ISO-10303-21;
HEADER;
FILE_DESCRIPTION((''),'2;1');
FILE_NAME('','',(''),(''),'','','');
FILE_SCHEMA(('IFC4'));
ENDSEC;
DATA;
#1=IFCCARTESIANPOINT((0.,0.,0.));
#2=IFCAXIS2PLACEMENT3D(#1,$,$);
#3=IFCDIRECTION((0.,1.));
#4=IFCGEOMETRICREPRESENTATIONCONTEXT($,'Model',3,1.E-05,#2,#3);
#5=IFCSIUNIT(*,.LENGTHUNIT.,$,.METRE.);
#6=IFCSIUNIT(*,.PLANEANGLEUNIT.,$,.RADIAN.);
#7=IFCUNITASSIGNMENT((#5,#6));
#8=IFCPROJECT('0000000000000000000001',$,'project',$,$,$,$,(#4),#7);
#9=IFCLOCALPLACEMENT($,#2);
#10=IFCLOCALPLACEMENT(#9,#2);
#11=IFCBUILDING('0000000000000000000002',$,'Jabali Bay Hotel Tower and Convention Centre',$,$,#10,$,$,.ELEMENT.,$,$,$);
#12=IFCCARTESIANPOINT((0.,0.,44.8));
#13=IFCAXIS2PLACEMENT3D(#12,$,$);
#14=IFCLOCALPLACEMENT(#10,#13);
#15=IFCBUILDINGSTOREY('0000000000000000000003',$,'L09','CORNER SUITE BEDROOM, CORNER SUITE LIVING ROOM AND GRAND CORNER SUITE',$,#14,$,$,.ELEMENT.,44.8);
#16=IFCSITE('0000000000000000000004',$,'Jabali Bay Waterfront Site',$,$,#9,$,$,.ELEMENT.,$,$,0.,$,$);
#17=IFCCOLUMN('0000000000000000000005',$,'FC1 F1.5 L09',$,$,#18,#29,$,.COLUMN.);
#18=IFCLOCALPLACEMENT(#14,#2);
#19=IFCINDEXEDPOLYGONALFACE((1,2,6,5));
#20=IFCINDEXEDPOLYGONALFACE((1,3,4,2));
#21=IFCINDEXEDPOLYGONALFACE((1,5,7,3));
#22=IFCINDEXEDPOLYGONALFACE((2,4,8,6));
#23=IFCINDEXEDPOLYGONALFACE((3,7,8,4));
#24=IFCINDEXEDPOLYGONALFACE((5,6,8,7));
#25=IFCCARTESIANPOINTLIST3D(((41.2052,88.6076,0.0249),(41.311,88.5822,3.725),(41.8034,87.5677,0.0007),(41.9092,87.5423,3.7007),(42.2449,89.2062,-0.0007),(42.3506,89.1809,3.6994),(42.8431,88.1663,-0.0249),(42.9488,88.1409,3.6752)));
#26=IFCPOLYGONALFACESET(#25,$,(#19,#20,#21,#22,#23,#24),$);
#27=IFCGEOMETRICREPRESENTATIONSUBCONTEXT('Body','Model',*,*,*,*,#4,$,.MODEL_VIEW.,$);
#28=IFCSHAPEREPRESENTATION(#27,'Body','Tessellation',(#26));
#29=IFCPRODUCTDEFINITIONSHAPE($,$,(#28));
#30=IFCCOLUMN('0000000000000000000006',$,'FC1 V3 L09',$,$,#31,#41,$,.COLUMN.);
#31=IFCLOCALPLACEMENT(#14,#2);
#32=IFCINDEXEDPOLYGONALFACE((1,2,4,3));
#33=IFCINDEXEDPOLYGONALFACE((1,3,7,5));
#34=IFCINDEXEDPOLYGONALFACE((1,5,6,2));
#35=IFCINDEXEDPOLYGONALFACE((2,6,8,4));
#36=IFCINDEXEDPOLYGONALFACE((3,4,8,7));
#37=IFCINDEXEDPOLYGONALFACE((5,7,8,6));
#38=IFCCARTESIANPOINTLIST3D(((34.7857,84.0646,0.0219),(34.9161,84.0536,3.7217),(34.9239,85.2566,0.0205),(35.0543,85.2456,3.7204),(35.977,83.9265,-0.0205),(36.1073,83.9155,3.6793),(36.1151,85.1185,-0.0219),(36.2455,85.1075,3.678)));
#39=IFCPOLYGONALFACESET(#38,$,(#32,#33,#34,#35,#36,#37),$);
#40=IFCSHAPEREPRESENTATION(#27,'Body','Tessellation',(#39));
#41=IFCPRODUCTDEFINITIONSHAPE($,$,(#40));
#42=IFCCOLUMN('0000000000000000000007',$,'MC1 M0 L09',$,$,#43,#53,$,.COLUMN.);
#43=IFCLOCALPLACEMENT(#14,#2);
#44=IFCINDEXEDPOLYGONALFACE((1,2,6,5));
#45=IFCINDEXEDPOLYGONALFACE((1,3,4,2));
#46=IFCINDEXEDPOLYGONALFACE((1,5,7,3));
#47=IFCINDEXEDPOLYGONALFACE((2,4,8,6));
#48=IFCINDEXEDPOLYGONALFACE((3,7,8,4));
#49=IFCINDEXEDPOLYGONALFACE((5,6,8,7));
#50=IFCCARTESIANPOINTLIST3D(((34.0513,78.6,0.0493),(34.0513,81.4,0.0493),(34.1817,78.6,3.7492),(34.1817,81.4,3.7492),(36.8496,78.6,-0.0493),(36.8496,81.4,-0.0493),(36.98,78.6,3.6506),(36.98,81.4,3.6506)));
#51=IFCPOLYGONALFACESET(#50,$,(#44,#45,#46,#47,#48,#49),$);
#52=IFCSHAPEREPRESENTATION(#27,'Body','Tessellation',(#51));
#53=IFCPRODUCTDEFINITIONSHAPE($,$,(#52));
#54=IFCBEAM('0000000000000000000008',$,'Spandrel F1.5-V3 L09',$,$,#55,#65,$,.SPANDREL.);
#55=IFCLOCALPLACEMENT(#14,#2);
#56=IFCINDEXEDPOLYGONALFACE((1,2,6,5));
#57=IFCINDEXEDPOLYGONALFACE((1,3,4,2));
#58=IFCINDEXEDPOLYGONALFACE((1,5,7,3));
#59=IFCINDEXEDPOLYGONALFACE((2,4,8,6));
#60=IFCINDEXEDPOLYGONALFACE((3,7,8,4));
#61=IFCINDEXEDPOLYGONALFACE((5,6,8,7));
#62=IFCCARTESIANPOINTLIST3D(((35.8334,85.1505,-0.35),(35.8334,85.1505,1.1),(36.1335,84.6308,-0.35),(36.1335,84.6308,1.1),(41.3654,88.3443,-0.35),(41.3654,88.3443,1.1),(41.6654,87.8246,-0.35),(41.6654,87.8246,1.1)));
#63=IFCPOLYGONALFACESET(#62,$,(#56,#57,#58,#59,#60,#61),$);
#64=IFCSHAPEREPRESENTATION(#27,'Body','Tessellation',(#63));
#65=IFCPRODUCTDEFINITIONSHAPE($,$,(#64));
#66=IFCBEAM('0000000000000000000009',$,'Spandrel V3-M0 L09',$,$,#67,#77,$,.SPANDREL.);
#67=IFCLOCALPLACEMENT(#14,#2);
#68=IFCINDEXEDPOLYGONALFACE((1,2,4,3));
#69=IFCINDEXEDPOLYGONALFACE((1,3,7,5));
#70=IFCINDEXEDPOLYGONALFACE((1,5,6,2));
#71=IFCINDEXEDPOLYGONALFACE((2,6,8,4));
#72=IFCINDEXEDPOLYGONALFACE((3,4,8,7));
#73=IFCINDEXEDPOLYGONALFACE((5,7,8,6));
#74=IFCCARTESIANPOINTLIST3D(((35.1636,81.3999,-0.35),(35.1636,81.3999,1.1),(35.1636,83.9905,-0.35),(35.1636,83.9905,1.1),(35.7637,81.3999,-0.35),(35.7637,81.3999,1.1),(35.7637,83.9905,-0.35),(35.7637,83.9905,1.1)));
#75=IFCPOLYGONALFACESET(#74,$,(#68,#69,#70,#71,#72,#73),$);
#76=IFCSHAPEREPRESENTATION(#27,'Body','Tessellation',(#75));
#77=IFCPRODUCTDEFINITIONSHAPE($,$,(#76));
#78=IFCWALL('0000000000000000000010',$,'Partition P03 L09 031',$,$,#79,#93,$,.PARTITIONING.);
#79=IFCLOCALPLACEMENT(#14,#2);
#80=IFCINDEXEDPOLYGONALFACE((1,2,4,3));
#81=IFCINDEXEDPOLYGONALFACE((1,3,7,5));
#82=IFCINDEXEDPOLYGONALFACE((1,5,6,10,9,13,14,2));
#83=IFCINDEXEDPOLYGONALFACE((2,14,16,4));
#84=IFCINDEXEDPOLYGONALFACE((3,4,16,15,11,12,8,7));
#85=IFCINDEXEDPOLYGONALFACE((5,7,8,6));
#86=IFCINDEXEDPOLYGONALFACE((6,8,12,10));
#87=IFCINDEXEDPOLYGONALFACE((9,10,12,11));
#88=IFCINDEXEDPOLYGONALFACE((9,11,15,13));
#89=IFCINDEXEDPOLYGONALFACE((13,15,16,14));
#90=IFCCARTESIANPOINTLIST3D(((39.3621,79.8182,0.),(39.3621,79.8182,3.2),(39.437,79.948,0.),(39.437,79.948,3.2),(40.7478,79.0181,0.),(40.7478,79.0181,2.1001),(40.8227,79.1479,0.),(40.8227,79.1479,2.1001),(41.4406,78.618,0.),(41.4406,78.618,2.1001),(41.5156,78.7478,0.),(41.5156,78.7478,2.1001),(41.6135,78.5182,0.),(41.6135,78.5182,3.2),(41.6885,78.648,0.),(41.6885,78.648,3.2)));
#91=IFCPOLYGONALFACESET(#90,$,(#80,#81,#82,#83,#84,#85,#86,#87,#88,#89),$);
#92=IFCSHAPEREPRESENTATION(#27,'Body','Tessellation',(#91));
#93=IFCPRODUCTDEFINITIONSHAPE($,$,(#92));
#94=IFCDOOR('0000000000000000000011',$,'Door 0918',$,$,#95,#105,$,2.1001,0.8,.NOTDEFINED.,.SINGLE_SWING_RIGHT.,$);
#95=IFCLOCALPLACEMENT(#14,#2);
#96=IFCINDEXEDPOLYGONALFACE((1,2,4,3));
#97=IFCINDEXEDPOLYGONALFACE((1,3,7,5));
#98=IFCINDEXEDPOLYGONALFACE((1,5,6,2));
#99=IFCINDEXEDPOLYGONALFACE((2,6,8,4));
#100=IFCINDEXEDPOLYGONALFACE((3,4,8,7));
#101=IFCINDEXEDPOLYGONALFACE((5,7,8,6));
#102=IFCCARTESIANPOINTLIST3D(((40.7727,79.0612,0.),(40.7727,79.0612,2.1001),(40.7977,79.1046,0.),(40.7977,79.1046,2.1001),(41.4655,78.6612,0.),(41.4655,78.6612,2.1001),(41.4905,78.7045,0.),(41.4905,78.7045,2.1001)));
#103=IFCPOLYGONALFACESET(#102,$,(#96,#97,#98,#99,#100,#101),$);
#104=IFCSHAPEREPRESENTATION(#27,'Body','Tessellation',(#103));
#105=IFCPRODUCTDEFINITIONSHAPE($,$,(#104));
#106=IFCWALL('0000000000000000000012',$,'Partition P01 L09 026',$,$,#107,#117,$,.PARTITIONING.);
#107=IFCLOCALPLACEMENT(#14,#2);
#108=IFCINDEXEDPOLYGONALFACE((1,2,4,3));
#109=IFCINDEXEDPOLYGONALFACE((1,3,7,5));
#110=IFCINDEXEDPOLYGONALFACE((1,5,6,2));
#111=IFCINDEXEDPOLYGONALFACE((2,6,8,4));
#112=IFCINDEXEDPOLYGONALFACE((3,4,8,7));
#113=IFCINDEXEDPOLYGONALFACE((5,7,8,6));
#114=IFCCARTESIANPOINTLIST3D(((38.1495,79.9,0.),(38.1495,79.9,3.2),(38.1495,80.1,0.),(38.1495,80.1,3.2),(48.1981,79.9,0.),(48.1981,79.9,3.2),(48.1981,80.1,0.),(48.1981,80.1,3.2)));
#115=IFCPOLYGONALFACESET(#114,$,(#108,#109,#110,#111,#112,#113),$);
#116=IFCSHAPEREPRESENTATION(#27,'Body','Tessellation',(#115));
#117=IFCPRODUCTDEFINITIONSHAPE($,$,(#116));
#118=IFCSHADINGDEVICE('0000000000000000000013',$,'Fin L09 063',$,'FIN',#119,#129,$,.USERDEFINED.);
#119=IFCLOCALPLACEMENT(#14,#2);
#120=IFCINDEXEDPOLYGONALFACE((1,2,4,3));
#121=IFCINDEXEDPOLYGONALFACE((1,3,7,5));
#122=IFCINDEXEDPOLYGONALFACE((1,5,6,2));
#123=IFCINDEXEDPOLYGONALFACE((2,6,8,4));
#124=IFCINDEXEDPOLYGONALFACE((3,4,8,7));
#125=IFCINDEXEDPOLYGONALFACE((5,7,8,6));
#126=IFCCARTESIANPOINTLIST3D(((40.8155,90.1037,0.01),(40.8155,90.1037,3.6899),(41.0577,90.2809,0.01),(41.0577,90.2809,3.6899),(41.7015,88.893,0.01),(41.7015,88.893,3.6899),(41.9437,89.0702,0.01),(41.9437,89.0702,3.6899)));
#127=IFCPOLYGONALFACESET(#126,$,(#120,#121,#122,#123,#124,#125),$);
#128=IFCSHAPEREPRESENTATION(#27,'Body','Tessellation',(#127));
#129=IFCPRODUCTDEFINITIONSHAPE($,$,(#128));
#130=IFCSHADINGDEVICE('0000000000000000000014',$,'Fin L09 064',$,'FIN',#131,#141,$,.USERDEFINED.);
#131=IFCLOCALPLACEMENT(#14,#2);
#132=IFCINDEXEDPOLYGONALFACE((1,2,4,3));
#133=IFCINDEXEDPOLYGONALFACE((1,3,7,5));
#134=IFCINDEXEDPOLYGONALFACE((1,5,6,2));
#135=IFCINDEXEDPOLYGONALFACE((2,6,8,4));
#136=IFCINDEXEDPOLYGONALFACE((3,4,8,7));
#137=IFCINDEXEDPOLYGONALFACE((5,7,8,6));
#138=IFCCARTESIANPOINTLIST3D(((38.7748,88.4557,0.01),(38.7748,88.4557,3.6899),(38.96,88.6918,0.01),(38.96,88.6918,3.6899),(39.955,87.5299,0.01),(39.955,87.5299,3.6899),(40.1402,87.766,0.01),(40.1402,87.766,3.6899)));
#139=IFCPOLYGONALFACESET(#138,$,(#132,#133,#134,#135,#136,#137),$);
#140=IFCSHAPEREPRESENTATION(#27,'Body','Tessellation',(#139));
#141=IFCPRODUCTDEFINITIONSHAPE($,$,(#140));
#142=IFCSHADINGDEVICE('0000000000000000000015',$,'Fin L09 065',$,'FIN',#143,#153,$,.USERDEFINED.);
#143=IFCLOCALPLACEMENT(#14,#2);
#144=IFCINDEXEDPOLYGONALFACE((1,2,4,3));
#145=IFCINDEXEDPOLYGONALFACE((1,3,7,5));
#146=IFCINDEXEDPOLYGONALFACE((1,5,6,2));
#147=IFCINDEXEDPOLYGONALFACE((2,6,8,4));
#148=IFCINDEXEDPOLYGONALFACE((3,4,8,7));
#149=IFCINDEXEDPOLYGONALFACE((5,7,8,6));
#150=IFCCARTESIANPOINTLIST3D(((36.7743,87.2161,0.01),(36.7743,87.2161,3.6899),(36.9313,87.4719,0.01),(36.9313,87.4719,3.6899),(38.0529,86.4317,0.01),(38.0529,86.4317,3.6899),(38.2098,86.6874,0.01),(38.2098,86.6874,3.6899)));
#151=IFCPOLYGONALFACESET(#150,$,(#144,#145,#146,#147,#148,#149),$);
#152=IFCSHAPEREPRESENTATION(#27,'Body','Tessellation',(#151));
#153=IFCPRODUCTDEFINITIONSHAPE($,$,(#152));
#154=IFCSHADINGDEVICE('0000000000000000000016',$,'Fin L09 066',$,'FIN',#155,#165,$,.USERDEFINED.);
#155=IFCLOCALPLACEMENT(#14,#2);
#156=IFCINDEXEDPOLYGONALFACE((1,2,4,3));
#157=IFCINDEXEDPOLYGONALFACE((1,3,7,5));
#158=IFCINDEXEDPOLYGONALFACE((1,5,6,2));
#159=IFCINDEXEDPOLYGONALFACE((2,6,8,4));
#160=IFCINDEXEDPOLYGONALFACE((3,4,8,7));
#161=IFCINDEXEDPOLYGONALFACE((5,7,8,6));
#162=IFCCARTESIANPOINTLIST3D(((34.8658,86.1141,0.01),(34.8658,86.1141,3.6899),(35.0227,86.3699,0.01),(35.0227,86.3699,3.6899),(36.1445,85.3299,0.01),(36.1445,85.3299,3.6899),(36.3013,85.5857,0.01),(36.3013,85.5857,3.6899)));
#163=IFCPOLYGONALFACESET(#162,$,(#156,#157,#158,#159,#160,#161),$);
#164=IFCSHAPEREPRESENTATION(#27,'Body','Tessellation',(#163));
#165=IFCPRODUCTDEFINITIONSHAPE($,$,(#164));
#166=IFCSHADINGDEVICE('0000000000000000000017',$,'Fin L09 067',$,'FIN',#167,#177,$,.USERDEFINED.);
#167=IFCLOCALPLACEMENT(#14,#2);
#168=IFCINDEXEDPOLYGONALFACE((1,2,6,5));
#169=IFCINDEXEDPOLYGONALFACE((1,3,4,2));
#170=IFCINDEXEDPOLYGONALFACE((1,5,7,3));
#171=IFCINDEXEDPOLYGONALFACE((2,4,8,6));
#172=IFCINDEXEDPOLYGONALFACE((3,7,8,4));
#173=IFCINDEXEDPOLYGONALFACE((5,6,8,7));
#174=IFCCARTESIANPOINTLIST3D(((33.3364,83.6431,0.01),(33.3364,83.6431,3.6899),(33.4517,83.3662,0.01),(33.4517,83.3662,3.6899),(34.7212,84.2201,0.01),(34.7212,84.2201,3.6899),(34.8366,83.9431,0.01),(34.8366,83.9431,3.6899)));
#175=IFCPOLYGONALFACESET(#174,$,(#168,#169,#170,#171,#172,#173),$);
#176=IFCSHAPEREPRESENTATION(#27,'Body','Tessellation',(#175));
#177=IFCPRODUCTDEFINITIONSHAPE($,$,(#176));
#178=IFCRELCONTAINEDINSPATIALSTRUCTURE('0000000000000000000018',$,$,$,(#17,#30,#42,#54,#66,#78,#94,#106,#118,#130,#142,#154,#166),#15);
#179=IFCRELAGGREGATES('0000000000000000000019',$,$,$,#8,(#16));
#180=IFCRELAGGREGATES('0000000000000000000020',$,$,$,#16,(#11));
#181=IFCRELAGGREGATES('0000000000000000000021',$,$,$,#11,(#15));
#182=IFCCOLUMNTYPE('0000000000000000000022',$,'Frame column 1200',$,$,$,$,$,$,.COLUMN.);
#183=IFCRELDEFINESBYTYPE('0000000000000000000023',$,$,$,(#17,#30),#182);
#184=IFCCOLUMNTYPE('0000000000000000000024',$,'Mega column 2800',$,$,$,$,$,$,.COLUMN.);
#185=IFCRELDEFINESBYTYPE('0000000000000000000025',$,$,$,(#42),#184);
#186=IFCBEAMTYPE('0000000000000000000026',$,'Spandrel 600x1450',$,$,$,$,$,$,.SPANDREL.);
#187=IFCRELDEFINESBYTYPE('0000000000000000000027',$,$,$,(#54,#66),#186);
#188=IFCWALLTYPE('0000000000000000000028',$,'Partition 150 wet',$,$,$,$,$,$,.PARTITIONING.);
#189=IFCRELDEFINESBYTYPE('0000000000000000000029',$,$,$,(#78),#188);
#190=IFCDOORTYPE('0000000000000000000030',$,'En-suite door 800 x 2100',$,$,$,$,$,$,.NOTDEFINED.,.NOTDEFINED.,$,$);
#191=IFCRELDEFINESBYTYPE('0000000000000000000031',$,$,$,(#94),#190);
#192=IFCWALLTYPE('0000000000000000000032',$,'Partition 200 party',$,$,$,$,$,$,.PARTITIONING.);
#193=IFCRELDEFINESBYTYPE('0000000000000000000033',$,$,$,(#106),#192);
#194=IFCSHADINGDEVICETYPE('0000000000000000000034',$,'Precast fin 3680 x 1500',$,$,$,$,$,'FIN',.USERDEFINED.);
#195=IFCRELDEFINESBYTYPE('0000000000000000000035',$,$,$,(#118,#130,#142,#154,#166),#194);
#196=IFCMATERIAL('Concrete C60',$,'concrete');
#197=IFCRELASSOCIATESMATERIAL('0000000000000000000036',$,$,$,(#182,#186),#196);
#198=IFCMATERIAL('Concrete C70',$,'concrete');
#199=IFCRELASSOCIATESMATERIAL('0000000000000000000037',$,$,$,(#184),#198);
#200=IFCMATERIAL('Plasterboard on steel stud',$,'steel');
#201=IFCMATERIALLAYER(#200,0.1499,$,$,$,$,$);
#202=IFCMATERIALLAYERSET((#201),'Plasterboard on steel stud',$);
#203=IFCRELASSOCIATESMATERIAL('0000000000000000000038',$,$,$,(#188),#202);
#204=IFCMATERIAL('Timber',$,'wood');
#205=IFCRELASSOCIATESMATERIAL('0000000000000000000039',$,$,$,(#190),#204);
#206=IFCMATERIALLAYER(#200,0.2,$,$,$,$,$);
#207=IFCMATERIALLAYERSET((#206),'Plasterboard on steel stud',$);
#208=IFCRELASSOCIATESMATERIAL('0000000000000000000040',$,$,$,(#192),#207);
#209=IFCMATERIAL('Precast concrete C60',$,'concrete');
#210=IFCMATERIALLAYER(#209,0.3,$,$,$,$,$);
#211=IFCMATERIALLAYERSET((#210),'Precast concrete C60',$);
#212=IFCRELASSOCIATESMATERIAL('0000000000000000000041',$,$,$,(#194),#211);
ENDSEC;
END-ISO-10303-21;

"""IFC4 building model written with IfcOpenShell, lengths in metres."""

from ifc_helpers import new_model, si_unit, direction, frame, frame_2d, origin, origin_2d, place, context, subcontext, project, spatial, rectangle, extrude, material, layer, layer_set, material_profile, profile_set, type_object, element, fill, save


model = new_model("IFC4")

# Units and contexts
model_context = context("Model", 3, precision=1e-05, world=origin(), true_north=direction((0.0, 1.0)))
body_context = subcontext(model_context, "Body", "Model", "MODEL_VIEW")
ifc_project = project(units=[si_unit("LENGTHUNIT", "METRE"), si_unit("PLANEANGLEUNIT", "RADIAN")], contexts=[model_context])

# Site, building, storey
site_placement = place(None, origin())
site = spatial("IfcSite", under=ifc_project, at=site_placement, Name="Jabali Bay Waterfront Site", CompositionType="ELEMENT", RefElevation=0.0)
building_placement = place(site_placement, origin())
building = spatial("IfcBuilding", under=site, at=building_placement, Name="Jabali Bay Hotel Tower and Convention Centre", CompositionType="ELEMENT")
storey_placement = place(building_placement, frame((0.0, 0.0, 44.8)))
storey = spatial("IfcBuildingStorey", under=building, at=storey_placement, Name="L09", Description="CORNER SUITE BEDROOM, CORNER SUITE LIVING ROOM AND GRAND CORNER SUITE", CompositionType="ELEMENT", Elevation=44.8)

# Columns
ifc_material_1 = material(Name="Concrete C60", Category="concrete")
ifc_material_profile_1 = material_profile(ifc_material_1, rectangle(XDim=1.2, YDim=1.2, at=origin_2d()), Name="Frame column 1200")
ifc_profile_set_1 = profile_set([ifc_material_profile_1], Name="Concrete C60")
column_type_1 = type_object("IfcColumnType", Name="Frame column 1200", PredefinedType="COLUMN", material=ifc_profile_set_1)
column_1_placement = place(storey_placement, frame((42.0242, 88.387, 0.0), z_axis=(0.028559, -0.006859, 0.999569), x_axis=(-0.498515, 0.866646, 0.020191)))
element("IfcColumn", 1, at=column_1_placement, inside=storey, type_object=column_type_1, Name="FC1 F1.5 L09", PredefinedType="COLUMN", context=body_context, shape_type="SweptSolid", body=[
    extrude(rectangle(XDim=1.2, YDim=1.2, at=origin_2d()), origin(), (0.0, 0.0, 1.0), 3.7017),
])
column_2_placement = place(storey_placement, frame((35.4504, 84.5916, 0.0), z_axis=(0.035214, -0.002967, 0.999375), x_axis=(-0.992724, 0.115116, 0.035321)))
element("IfcColumn", 2, at=column_2_placement, inside=storey, type_object=column_type_1, Name="FC1 V3 L09", PredefinedType="COLUMN", context=body_context, shape_type="SweptSolid", body=[
    extrude(rectangle(XDim=1.2, YDim=1.2, at=origin_2d()), origin(), (0.0, 0.0, 1.0), 3.7021),
])
ifc_material_2 = material(Name="Concrete C70", Category="concrete")
ifc_material_profile_2 = material_profile(ifc_material_2, rectangle(XDim=2.8, YDim=2.8, at=origin_2d()), Name="Mega column 2800")
ifc_profile_set_2 = profile_set([ifc_material_profile_2], Name="Concrete C70")
column_type_2 = type_object("IfcColumnType", Name="Mega column 2800", PredefinedType="COLUMN", material=ifc_profile_set_2)
column_3_placement = place(storey_placement, frame((35.4504, 80.0, 0.0), z_axis=(0.035214, 0.0, 0.99938), x_axis=(0.0, 1.0, 0.0)))
element("IfcColumn", 3, at=column_3_placement, inside=storey, type_object=column_type_2, Name="MC1 M0 L09", PredefinedType="COLUMN", context=body_context, shape_type="SweptSolid", body=[
    extrude(rectangle(XDim=2.8, YDim=2.8, at=origin_2d()), origin(), (0.0, 0.0, 1.0), 3.7021),
])

# Beams
ifc_material_profile_3 = material_profile(ifc_material_1, rectangle(XDim=0.6001, YDim=1.45, at=origin_2d()), Name="Spandrel 600x1450")
ifc_profile_set_3 = profile_set([ifc_material_profile_3], Name="Concrete C60")
beam_type = type_object("IfcBeamType", Name="Spandrel 600x1450", PredefinedType="SPANDREL", material=ifc_profile_set_3)
beam_1_placement = place(storey_placement, frame((41.5154, 88.0845, 0.375), z_axis=(-0.866028, -0.499995, 0.0), x_axis=(0.499995, -0.866028, 0.0)))
element("IfcBeam", 4, at=beam_1_placement, inside=storey, type_object=beam_type, Name="Spandrel F1.5-V3 L09", PredefinedType="SPANDREL", context=body_context, shape_type="SweptSolid", body=[
    extrude(rectangle(XDim=0.6001, YDim=1.45, at=origin_2d()), origin(), (0.0, 0.0, 1.0), 6.3877),
])
beam_2_placement = place(storey_placement, frame((35.4636, 83.9905, 0.375), z_axis=(0.0, -1.0, 0.0), x_axis=(1.0, 0.0, 0.0)))
element("IfcBeam", 5, at=beam_2_placement, inside=storey, type_object=beam_type, Name="Spandrel V3-M0 L09", PredefinedType="SPANDREL", context=body_context, shape_type="SweptSolid", body=[
    extrude(rectangle(XDim=0.6001, YDim=1.45, at=origin_2d()), origin(), (0.0, 0.0, 1.0), 2.5906),
])

# Wall, opening, door
ifc_material_3 = material(Name="Plasterboard on steel stud", Category="steel")
ifc_layer_1 = layer(ifc_material_3, 0.1499)
ifc_layer_set_1 = layer_set([ifc_layer_1], Name="Plasterboard on steel stud")
wall_type_1 = type_object("IfcWallType", Name="Partition 150 wet", PredefinedType="PARTITIONING", material=ifc_layer_set_1)
wall_1_placement = place(storey_placement, frame((39.3997, 79.8831, 0.0), z_axis=(0.0, 0.0, 1.0), x_axis=(0.865998, -0.500048, 0.0)))
wall_1 = element("IfcWall", 6, at=wall_1_placement, inside=storey, type_object=wall_type_1, Name="Partition P03 L09 031", PredefinedType="PARTITIONING", context=body_context, shape_type="SweptSolid", body=[
    extrude(rectangle(XDim=2.5999, YDim=0.1499, at=frame_2d((1.2998, 0.0))), origin(), (0.0, 0.0, 1.0), 3.2),
])
opening_1_placement = place(wall_1_placement, frame((1.6001, 0.0, 0.0)))
opening_1 = element("IfcOpeningElement", 7, at=opening_1_placement, cuts=wall_1, PredefinedType="OPENING", context=body_context, shape_type="SweptSolid", body=[
    extrude(rectangle(XDim=0.8, YDim=2.1001, at=frame_2d((0.3999, 1.05))), frame((0.0, 0.0854, 0.0), z_axis=(0.0, -1.0, 0.0), x_axis=(1.0, 0.0, 0.0)), (0.0, 0.0, 1.0), 0.1709),
])
ifc_material_4 = material(Name="Timber", Category="wood")
door_type_1 = type_object("IfcDoorType", Name="En-suite door 800 x 2100", OperationType="NOTDEFINED", PredefinedType="NOTDEFINED", material=ifc_material_4)
door_1_placement = place(opening_1_placement, origin())
door_1 = element("IfcDoor", 8, at=door_1_placement, inside=storey, type_object=door_type_1, Name="Door 0918", OperationType="SINGLE_SWING_RIGHT", OverallHeight=2.1001, OverallWidth=0.8, PredefinedType="NOTDEFINED", context=body_context, shape_type="SweptSolid", body=[
    extrude(rectangle(XDim=0.8, YDim=2.1001, at=frame_2d((0.3999, 1.05))), frame((0.0, 0.0249, 0.0), z_axis=(0.0, -1.0, 0.0), x_axis=(1.0, 0.0, 0.0)), (0.0, 0.0, 1.0), 0.05),
])
fill(opening_1, door_1)

# Wall
ifc_layer_2 = layer(ifc_material_3, 0.2)
ifc_layer_set_2 = layer_set([ifc_layer_2], Name="Plasterboard on steel stud")
wall_type_2 = type_object("IfcWallType", Name="Partition 200 party", PredefinedType="PARTITIONING", material=ifc_layer_set_2)
wall_2_placement = place(storey_placement, frame((38.1494, 80.0, 0.0), z_axis=(0.0, 0.0, 1.0), x_axis=(1.0, 0.0, 0.0)))
element("IfcWall", 9, at=wall_2_placement, inside=storey, type_object=wall_type_2, Name="Partition P01 L09 026", PredefinedType="PARTITIONING", context=body_context, shape_type="SweptSolid", body=[
    extrude(rectangle(XDim=10.0486, YDim=0.2, at=frame_2d((5.0244, 0.0))), origin(), (0.0, 0.0, 1.0), 3.2),
])

# Shading devices
ifc_material_5 = material(Name="Precast concrete C60", Category="concrete")
ifc_layer_3 = layer(ifc_material_5, 0.3)
ifc_layer_set_3 = layer_set([ifc_layer_3], Name="Precast concrete C60")
shading_device_type = type_object("IfcShadingDeviceType", Name="Precast fin 3680 x 1500", ElementType="FIN", PredefinedType="USERDEFINED", material=ifc_layer_set_3)
shading_device_1_placement = place(storey_placement, frame((41.8225, 88.9817, 0.01), z_axis=(0.0, 0.0, 1.0), x_axis=(-0.590559, 0.806994, 0.0)))
element("IfcShadingDevice", 10, at=shading_device_1_placement, inside=storey, type_object=shading_device_type, Name="Fin L09 063", ObjectType="FIN", PredefinedType="USERDEFINED", context=body_context, shape_type="SweptSolid", body=[
    extrude(rectangle(XDim=1.5002, YDim=0.3, at=frame_2d((0.75, 0.0))), origin(), (0.0, 0.0, 1.0), 3.6799),
])
for number, where, z_axis, x_axis, name in (
    (11, (40.0476, 87.6479, 0.01), (0.0, 0.0, 1.0), (-0.786804, 0.617203, 0.0), "Fin L09 064"),
    (12, (38.1313, 86.5596, 0.01), (0.0, 0.0, 1.0), (-0.852367, 0.522944, 0.0), "Fin L09 065"),
    (13, (36.2229, 85.4578, 0.01), (0.0, 0.0, 1.0), (-0.85244, 0.522825, 0.0), "Fin L09 066"),
):
    element("IfcShadingDevice", number, at=place(storey_placement, frame(where, z_axis=z_axis, x_axis=x_axis)), inside=storey, type_object=shading_device_type, Name=name, ObjectType="FIN", PredefinedType="USERDEFINED", context=body_context, shape_type="SweptSolid", body=[
        extrude(rectangle(XDim=1.5, YDim=0.3, at=frame_2d((0.75, 0.0))), origin(), (0.0, 0.0, 1.0), 3.6799),
    ])
shading_device_2_placement = place(storey_placement, frame((34.7788, 84.0815, 0.01), z_axis=(0.0, 0.0, 1.0), x_axis=(-0.923096, -0.384569, 0.0)))
element("IfcShadingDevice", 14, at=shading_device_2_placement, inside=storey, type_object=shading_device_type, Name="Fin L09 067", ObjectType="FIN", PredefinedType="USERDEFINED", context=body_context, shape_type="SweptSolid", body=[
    extrude(rectangle(XDim=1.5002, YDim=0.3, at=frame_2d((0.75, 0.0))), origin(), (0.0, 0.0, 1.0), 3.6799),
])

save(model, "model.ifc")
